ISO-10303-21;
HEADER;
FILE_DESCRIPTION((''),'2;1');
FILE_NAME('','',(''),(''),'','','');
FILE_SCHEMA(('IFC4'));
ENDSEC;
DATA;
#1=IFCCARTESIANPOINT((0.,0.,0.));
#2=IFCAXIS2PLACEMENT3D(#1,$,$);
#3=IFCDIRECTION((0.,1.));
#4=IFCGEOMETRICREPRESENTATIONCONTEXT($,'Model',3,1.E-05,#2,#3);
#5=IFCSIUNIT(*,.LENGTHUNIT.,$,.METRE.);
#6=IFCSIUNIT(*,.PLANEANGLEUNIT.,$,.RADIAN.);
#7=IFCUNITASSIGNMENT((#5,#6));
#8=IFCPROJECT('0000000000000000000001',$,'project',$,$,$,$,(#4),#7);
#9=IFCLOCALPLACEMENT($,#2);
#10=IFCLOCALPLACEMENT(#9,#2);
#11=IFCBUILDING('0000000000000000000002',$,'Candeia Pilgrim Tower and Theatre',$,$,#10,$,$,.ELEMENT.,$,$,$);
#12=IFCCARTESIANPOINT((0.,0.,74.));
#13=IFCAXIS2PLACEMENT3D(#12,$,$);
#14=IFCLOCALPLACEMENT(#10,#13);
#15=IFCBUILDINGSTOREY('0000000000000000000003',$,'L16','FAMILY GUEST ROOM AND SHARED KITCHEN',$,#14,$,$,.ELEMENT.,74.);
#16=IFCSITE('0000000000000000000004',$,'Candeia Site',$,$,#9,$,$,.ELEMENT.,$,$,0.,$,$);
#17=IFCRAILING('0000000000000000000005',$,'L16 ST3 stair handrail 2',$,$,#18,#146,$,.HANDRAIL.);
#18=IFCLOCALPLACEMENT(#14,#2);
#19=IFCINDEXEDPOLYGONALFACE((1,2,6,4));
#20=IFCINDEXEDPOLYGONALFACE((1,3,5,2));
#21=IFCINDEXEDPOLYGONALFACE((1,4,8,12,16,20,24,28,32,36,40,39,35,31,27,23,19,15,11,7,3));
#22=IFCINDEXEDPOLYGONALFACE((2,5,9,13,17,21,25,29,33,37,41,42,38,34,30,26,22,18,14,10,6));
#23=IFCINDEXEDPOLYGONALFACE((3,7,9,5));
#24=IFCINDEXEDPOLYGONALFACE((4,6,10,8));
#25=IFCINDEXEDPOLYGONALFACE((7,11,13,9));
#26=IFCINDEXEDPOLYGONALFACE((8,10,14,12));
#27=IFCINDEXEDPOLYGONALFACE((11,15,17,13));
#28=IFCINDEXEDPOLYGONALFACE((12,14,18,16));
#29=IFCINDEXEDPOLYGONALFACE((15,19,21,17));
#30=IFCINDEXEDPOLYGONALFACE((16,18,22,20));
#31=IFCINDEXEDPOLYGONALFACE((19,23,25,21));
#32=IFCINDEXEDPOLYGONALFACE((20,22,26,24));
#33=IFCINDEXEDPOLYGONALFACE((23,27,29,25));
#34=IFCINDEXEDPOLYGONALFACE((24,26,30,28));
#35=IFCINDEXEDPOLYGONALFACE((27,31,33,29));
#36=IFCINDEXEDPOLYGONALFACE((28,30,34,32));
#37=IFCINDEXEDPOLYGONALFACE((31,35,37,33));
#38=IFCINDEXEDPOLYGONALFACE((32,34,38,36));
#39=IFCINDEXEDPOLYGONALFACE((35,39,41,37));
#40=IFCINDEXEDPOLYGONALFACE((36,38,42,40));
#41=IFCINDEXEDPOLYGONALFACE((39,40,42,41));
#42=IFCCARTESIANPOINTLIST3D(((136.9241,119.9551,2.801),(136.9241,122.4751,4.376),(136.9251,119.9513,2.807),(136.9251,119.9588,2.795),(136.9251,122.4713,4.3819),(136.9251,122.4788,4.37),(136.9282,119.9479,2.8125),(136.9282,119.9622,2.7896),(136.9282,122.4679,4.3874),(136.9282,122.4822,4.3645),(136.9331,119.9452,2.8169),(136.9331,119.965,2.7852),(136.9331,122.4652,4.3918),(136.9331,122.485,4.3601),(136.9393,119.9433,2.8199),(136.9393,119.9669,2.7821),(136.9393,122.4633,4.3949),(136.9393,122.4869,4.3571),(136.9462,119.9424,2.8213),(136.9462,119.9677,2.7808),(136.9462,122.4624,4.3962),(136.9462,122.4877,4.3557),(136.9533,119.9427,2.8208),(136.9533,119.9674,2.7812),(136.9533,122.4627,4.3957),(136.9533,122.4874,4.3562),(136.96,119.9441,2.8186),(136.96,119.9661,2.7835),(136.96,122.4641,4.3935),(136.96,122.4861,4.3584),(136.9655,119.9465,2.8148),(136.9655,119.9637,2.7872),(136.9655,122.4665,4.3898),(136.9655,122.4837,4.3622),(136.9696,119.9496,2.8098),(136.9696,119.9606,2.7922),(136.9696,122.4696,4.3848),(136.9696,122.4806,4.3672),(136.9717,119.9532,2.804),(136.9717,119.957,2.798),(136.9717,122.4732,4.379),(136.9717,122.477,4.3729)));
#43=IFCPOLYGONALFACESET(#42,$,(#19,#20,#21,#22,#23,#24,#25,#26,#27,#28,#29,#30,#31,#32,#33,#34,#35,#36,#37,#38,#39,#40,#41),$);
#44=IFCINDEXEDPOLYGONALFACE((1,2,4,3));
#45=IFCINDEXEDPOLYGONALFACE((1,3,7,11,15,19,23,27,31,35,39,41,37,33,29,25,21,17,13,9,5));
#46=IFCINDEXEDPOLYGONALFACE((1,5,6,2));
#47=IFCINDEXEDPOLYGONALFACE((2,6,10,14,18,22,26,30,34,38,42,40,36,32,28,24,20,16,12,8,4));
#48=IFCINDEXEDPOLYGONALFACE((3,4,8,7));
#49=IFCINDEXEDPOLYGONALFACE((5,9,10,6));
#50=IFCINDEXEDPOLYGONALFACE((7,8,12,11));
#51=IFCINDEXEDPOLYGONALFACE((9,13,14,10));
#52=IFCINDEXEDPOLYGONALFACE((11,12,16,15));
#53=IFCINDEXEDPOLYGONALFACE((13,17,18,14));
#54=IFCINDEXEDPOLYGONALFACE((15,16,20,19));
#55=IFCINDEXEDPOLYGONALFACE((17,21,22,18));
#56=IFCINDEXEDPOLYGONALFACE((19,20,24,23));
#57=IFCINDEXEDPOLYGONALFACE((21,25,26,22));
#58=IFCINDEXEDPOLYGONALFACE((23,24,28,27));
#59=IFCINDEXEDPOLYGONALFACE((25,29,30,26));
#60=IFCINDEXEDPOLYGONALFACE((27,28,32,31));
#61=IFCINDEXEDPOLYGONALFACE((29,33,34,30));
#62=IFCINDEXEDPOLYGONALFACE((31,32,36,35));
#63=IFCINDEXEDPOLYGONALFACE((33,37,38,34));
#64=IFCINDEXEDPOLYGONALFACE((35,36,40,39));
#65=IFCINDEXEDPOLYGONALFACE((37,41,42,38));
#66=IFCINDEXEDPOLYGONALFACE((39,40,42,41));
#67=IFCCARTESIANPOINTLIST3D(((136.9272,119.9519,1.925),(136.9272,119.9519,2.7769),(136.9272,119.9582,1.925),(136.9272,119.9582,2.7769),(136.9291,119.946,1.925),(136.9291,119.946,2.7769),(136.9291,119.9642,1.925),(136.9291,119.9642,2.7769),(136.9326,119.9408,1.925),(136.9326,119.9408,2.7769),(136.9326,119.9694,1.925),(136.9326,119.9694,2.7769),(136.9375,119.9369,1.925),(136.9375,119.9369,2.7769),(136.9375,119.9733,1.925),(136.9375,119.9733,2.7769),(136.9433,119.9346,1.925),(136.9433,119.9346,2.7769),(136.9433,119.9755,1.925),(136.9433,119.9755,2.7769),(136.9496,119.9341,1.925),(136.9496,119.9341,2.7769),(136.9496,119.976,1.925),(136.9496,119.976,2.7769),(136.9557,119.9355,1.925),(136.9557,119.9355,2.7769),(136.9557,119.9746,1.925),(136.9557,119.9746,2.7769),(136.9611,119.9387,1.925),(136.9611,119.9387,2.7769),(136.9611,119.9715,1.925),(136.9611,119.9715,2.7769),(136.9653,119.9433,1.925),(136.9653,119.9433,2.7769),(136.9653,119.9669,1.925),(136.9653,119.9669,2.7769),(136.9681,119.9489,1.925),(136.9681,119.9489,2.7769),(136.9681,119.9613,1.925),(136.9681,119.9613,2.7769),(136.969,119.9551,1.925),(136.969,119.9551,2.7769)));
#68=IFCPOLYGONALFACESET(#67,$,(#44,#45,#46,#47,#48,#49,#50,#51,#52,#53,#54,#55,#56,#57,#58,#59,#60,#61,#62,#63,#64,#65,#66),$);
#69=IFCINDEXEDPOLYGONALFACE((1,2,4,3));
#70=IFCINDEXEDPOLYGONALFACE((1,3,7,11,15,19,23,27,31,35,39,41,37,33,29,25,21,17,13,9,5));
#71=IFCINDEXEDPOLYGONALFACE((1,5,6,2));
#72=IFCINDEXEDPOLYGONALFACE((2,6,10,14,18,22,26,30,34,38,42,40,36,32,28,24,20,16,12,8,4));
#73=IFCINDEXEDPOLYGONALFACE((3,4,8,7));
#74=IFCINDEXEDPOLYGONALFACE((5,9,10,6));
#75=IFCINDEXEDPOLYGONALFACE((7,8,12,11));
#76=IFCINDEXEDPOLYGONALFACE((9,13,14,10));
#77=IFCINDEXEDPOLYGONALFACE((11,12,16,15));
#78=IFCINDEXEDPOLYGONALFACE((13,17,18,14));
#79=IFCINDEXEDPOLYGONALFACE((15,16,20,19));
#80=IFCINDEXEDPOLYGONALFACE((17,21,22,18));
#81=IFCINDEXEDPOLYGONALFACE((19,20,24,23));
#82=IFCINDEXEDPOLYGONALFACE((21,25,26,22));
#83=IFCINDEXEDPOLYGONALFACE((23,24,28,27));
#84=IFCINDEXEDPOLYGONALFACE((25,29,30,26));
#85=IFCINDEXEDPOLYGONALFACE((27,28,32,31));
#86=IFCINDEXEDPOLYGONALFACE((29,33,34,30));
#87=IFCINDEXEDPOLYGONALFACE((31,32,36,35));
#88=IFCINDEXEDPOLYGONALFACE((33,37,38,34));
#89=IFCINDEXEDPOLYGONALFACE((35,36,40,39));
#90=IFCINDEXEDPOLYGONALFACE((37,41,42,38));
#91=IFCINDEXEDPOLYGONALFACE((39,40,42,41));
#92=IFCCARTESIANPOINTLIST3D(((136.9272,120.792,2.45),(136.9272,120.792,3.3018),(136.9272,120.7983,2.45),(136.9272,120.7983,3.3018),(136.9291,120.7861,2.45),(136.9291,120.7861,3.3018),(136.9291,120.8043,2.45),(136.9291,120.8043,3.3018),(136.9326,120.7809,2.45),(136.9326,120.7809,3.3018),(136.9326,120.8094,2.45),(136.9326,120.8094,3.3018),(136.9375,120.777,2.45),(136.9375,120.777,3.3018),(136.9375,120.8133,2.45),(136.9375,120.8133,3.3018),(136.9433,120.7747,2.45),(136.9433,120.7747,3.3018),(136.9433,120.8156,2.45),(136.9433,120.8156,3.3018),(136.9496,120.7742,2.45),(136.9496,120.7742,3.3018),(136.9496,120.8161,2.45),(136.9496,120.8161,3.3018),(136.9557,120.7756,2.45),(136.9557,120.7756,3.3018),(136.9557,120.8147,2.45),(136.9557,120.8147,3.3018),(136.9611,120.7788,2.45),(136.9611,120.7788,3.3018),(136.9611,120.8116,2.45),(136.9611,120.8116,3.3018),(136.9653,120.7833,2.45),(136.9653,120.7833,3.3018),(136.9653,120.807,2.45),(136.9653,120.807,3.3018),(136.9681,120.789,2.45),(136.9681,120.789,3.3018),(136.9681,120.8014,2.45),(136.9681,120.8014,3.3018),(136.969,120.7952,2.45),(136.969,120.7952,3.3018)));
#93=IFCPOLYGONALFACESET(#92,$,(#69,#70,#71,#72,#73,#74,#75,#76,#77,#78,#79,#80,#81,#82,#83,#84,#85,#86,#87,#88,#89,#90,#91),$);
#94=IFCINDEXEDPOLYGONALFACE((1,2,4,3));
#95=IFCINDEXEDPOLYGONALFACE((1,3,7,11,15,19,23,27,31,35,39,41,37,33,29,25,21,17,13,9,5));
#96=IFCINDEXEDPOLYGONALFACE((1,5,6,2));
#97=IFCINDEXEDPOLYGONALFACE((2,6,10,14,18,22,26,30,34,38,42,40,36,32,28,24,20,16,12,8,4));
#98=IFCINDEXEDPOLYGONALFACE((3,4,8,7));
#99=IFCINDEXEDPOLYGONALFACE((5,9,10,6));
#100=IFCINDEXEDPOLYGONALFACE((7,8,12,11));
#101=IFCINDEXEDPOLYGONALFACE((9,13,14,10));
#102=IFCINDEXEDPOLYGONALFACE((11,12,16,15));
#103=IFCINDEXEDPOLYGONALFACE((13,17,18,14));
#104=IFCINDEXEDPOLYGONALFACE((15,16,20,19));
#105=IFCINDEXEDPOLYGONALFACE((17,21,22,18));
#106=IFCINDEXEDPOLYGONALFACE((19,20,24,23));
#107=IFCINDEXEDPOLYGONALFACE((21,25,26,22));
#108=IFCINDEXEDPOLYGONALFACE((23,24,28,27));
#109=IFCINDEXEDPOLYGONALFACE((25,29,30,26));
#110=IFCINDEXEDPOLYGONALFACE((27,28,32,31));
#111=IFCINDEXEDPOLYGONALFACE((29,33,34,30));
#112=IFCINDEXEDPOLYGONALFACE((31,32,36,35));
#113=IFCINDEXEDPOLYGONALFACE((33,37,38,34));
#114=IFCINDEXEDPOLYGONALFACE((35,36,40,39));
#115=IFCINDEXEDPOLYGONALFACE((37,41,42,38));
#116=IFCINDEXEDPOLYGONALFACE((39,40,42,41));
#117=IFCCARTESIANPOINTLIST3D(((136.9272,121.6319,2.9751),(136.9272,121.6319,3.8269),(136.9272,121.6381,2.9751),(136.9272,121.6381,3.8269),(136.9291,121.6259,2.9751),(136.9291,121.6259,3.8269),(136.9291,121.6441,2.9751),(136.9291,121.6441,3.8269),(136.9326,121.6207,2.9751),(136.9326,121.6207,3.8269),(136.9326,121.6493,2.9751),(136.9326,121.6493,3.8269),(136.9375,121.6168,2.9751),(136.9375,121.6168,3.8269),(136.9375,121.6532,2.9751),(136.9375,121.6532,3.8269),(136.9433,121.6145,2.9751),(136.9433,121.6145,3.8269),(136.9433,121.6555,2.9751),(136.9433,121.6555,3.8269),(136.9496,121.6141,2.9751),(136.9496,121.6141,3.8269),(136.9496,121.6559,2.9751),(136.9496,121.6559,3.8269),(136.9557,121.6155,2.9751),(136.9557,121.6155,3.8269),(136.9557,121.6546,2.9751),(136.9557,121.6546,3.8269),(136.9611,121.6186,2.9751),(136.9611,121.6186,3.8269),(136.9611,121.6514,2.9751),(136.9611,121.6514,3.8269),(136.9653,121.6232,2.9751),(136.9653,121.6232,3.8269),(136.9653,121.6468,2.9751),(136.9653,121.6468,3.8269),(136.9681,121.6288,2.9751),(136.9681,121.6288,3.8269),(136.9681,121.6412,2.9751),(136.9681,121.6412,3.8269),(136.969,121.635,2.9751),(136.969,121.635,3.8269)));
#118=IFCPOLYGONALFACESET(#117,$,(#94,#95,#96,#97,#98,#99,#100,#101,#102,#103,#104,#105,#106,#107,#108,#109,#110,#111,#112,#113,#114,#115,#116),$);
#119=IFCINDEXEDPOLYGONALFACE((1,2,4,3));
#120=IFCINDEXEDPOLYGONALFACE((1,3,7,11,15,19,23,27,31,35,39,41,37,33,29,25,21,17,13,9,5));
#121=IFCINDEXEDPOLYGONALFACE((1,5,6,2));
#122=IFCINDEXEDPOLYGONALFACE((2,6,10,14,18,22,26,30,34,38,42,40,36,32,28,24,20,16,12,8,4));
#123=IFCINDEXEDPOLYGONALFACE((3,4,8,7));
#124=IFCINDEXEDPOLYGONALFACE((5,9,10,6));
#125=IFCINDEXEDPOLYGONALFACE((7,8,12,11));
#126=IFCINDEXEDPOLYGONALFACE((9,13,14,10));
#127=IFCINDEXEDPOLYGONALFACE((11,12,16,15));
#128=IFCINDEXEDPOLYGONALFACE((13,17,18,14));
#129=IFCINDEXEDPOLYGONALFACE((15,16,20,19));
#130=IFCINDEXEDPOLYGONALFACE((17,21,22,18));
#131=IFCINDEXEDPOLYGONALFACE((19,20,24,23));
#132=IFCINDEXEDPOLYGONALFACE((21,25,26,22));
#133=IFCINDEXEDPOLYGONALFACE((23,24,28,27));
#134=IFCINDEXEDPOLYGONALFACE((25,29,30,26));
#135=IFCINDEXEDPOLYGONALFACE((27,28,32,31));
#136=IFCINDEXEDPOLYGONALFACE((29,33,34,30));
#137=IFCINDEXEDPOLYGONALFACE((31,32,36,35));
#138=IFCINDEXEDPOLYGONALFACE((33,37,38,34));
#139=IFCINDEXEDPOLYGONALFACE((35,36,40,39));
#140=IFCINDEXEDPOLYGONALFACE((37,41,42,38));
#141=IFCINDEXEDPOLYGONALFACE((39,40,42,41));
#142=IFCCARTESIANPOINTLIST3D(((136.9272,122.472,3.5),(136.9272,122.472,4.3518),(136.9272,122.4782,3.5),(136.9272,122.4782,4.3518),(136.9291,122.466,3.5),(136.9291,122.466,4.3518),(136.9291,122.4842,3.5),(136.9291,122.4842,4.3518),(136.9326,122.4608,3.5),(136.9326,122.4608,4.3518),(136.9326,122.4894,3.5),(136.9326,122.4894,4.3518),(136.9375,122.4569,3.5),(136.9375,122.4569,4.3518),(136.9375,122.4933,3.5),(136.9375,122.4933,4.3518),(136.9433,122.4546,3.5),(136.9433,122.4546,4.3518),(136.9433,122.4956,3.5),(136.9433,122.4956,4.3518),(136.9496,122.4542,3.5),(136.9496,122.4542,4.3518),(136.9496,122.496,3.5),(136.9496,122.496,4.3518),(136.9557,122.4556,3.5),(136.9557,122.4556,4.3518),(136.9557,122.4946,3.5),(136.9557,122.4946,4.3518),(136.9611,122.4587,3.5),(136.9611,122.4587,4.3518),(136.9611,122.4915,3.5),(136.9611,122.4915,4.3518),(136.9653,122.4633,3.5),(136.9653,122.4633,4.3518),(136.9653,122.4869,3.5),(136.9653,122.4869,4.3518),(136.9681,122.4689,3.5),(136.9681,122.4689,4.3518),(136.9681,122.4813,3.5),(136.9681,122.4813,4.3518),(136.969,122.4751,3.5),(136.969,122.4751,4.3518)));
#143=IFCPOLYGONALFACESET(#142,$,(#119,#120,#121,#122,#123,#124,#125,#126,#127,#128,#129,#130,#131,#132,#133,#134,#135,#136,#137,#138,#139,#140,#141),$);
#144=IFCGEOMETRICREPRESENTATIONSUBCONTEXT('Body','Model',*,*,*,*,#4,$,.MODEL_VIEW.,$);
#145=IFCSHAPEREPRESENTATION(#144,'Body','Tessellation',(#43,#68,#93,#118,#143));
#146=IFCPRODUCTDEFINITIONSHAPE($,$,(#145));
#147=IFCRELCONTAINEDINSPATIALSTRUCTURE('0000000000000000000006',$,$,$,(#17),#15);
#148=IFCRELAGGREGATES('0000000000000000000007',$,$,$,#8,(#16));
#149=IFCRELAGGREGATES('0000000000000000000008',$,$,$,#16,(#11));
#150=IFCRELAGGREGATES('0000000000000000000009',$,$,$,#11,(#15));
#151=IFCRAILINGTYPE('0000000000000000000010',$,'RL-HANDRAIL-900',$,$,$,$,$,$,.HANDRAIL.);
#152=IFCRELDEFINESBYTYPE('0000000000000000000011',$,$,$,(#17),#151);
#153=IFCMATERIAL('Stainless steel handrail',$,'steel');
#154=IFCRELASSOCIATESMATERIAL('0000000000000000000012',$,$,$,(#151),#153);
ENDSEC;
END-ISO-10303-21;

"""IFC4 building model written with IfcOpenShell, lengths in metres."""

from ifc_helpers import new_model, si_unit, direction, frame, origin, origin_2d, place, context, subcontext, project, spatial, circle, extrude, material, type_object, element, save


model = new_model("IFC4")

# Units and contexts
model_context = context("Model", 3, precision=1e-05, world=origin(), true_north=direction((0.0, 1.0)))
body_context = subcontext(model_context, "Body", "Model", "MODEL_VIEW")
ifc_project = project(units=[si_unit("LENGTHUNIT", "METRE"), si_unit("PLANEANGLEUNIT", "RADIAN")], contexts=[model_context])

# Site, building, storey
site_placement = place(None, origin())
site = spatial("IfcSite", under=ifc_project, at=site_placement, Name="Candeia Site", CompositionType="ELEMENT", RefElevation=0.0)
building_placement = place(site_placement, origin())
building = spatial("IfcBuilding", under=site, at=building_placement, Name="Candeia Pilgrim Tower and Theatre", CompositionType="ELEMENT")
storey_placement = place(building_placement, frame((0.0, 0.0, 74.0)))
storey = spatial("IfcBuildingStorey", under=building, at=storey_placement, Name="L16", Description="FAMILY GUEST ROOM AND SHARED KITCHEN", CompositionType="ELEMENT", Elevation=74.0)

# Railing
ifc_material_1 = material(Name="Stainless steel handrail", Category="steel")
railing_type_1 = type_object("IfcRailingType", Name="RL-HANDRAIL-900", PredefinedType="HANDRAIL", material=ifc_material_1)
railing_1_placement = place(storey_placement, frame((136.948, 119.9551, 1.925)))
element("IfcRailing", 1, at=railing_1_placement, inside=storey, type_object=railing_type_1, Name="L16 ST3 stair handrail 2", PredefinedType="HANDRAIL", context=body_context, shape_type="SweptSolid", body=[
    extrude(circle(Radius=0.0239, at=origin_2d()), frame((0.0, 0.0, 0.876), z_axis=(0.0, 0.848008, 0.529984), x_axis=(-1.0, 0.0, 0.0)), (0.0, 0.0, 1.0), 2.9717),
    extrude(circle(Radius=0.021, at=origin_2d()), origin(), (0.0, 0.0, 1.0), 0.8518),
    extrude(circle(Radius=0.021, at=origin_2d()), frame((0.0, 0.8401, 0.5249)), (0.0, 0.0, 1.0), 0.8518),
    extrude(circle(Radius=0.021, at=origin_2d()), frame((0.0, 1.6799, 1.05)), (0.0, 0.0, 1.0), 0.8518),
    extrude(circle(Radius=0.021, at=origin_2d()), frame((0.0, 2.52, 1.575)), (0.0, 0.0, 1.0), 0.8518),
])

save(model, "model.ifc")
